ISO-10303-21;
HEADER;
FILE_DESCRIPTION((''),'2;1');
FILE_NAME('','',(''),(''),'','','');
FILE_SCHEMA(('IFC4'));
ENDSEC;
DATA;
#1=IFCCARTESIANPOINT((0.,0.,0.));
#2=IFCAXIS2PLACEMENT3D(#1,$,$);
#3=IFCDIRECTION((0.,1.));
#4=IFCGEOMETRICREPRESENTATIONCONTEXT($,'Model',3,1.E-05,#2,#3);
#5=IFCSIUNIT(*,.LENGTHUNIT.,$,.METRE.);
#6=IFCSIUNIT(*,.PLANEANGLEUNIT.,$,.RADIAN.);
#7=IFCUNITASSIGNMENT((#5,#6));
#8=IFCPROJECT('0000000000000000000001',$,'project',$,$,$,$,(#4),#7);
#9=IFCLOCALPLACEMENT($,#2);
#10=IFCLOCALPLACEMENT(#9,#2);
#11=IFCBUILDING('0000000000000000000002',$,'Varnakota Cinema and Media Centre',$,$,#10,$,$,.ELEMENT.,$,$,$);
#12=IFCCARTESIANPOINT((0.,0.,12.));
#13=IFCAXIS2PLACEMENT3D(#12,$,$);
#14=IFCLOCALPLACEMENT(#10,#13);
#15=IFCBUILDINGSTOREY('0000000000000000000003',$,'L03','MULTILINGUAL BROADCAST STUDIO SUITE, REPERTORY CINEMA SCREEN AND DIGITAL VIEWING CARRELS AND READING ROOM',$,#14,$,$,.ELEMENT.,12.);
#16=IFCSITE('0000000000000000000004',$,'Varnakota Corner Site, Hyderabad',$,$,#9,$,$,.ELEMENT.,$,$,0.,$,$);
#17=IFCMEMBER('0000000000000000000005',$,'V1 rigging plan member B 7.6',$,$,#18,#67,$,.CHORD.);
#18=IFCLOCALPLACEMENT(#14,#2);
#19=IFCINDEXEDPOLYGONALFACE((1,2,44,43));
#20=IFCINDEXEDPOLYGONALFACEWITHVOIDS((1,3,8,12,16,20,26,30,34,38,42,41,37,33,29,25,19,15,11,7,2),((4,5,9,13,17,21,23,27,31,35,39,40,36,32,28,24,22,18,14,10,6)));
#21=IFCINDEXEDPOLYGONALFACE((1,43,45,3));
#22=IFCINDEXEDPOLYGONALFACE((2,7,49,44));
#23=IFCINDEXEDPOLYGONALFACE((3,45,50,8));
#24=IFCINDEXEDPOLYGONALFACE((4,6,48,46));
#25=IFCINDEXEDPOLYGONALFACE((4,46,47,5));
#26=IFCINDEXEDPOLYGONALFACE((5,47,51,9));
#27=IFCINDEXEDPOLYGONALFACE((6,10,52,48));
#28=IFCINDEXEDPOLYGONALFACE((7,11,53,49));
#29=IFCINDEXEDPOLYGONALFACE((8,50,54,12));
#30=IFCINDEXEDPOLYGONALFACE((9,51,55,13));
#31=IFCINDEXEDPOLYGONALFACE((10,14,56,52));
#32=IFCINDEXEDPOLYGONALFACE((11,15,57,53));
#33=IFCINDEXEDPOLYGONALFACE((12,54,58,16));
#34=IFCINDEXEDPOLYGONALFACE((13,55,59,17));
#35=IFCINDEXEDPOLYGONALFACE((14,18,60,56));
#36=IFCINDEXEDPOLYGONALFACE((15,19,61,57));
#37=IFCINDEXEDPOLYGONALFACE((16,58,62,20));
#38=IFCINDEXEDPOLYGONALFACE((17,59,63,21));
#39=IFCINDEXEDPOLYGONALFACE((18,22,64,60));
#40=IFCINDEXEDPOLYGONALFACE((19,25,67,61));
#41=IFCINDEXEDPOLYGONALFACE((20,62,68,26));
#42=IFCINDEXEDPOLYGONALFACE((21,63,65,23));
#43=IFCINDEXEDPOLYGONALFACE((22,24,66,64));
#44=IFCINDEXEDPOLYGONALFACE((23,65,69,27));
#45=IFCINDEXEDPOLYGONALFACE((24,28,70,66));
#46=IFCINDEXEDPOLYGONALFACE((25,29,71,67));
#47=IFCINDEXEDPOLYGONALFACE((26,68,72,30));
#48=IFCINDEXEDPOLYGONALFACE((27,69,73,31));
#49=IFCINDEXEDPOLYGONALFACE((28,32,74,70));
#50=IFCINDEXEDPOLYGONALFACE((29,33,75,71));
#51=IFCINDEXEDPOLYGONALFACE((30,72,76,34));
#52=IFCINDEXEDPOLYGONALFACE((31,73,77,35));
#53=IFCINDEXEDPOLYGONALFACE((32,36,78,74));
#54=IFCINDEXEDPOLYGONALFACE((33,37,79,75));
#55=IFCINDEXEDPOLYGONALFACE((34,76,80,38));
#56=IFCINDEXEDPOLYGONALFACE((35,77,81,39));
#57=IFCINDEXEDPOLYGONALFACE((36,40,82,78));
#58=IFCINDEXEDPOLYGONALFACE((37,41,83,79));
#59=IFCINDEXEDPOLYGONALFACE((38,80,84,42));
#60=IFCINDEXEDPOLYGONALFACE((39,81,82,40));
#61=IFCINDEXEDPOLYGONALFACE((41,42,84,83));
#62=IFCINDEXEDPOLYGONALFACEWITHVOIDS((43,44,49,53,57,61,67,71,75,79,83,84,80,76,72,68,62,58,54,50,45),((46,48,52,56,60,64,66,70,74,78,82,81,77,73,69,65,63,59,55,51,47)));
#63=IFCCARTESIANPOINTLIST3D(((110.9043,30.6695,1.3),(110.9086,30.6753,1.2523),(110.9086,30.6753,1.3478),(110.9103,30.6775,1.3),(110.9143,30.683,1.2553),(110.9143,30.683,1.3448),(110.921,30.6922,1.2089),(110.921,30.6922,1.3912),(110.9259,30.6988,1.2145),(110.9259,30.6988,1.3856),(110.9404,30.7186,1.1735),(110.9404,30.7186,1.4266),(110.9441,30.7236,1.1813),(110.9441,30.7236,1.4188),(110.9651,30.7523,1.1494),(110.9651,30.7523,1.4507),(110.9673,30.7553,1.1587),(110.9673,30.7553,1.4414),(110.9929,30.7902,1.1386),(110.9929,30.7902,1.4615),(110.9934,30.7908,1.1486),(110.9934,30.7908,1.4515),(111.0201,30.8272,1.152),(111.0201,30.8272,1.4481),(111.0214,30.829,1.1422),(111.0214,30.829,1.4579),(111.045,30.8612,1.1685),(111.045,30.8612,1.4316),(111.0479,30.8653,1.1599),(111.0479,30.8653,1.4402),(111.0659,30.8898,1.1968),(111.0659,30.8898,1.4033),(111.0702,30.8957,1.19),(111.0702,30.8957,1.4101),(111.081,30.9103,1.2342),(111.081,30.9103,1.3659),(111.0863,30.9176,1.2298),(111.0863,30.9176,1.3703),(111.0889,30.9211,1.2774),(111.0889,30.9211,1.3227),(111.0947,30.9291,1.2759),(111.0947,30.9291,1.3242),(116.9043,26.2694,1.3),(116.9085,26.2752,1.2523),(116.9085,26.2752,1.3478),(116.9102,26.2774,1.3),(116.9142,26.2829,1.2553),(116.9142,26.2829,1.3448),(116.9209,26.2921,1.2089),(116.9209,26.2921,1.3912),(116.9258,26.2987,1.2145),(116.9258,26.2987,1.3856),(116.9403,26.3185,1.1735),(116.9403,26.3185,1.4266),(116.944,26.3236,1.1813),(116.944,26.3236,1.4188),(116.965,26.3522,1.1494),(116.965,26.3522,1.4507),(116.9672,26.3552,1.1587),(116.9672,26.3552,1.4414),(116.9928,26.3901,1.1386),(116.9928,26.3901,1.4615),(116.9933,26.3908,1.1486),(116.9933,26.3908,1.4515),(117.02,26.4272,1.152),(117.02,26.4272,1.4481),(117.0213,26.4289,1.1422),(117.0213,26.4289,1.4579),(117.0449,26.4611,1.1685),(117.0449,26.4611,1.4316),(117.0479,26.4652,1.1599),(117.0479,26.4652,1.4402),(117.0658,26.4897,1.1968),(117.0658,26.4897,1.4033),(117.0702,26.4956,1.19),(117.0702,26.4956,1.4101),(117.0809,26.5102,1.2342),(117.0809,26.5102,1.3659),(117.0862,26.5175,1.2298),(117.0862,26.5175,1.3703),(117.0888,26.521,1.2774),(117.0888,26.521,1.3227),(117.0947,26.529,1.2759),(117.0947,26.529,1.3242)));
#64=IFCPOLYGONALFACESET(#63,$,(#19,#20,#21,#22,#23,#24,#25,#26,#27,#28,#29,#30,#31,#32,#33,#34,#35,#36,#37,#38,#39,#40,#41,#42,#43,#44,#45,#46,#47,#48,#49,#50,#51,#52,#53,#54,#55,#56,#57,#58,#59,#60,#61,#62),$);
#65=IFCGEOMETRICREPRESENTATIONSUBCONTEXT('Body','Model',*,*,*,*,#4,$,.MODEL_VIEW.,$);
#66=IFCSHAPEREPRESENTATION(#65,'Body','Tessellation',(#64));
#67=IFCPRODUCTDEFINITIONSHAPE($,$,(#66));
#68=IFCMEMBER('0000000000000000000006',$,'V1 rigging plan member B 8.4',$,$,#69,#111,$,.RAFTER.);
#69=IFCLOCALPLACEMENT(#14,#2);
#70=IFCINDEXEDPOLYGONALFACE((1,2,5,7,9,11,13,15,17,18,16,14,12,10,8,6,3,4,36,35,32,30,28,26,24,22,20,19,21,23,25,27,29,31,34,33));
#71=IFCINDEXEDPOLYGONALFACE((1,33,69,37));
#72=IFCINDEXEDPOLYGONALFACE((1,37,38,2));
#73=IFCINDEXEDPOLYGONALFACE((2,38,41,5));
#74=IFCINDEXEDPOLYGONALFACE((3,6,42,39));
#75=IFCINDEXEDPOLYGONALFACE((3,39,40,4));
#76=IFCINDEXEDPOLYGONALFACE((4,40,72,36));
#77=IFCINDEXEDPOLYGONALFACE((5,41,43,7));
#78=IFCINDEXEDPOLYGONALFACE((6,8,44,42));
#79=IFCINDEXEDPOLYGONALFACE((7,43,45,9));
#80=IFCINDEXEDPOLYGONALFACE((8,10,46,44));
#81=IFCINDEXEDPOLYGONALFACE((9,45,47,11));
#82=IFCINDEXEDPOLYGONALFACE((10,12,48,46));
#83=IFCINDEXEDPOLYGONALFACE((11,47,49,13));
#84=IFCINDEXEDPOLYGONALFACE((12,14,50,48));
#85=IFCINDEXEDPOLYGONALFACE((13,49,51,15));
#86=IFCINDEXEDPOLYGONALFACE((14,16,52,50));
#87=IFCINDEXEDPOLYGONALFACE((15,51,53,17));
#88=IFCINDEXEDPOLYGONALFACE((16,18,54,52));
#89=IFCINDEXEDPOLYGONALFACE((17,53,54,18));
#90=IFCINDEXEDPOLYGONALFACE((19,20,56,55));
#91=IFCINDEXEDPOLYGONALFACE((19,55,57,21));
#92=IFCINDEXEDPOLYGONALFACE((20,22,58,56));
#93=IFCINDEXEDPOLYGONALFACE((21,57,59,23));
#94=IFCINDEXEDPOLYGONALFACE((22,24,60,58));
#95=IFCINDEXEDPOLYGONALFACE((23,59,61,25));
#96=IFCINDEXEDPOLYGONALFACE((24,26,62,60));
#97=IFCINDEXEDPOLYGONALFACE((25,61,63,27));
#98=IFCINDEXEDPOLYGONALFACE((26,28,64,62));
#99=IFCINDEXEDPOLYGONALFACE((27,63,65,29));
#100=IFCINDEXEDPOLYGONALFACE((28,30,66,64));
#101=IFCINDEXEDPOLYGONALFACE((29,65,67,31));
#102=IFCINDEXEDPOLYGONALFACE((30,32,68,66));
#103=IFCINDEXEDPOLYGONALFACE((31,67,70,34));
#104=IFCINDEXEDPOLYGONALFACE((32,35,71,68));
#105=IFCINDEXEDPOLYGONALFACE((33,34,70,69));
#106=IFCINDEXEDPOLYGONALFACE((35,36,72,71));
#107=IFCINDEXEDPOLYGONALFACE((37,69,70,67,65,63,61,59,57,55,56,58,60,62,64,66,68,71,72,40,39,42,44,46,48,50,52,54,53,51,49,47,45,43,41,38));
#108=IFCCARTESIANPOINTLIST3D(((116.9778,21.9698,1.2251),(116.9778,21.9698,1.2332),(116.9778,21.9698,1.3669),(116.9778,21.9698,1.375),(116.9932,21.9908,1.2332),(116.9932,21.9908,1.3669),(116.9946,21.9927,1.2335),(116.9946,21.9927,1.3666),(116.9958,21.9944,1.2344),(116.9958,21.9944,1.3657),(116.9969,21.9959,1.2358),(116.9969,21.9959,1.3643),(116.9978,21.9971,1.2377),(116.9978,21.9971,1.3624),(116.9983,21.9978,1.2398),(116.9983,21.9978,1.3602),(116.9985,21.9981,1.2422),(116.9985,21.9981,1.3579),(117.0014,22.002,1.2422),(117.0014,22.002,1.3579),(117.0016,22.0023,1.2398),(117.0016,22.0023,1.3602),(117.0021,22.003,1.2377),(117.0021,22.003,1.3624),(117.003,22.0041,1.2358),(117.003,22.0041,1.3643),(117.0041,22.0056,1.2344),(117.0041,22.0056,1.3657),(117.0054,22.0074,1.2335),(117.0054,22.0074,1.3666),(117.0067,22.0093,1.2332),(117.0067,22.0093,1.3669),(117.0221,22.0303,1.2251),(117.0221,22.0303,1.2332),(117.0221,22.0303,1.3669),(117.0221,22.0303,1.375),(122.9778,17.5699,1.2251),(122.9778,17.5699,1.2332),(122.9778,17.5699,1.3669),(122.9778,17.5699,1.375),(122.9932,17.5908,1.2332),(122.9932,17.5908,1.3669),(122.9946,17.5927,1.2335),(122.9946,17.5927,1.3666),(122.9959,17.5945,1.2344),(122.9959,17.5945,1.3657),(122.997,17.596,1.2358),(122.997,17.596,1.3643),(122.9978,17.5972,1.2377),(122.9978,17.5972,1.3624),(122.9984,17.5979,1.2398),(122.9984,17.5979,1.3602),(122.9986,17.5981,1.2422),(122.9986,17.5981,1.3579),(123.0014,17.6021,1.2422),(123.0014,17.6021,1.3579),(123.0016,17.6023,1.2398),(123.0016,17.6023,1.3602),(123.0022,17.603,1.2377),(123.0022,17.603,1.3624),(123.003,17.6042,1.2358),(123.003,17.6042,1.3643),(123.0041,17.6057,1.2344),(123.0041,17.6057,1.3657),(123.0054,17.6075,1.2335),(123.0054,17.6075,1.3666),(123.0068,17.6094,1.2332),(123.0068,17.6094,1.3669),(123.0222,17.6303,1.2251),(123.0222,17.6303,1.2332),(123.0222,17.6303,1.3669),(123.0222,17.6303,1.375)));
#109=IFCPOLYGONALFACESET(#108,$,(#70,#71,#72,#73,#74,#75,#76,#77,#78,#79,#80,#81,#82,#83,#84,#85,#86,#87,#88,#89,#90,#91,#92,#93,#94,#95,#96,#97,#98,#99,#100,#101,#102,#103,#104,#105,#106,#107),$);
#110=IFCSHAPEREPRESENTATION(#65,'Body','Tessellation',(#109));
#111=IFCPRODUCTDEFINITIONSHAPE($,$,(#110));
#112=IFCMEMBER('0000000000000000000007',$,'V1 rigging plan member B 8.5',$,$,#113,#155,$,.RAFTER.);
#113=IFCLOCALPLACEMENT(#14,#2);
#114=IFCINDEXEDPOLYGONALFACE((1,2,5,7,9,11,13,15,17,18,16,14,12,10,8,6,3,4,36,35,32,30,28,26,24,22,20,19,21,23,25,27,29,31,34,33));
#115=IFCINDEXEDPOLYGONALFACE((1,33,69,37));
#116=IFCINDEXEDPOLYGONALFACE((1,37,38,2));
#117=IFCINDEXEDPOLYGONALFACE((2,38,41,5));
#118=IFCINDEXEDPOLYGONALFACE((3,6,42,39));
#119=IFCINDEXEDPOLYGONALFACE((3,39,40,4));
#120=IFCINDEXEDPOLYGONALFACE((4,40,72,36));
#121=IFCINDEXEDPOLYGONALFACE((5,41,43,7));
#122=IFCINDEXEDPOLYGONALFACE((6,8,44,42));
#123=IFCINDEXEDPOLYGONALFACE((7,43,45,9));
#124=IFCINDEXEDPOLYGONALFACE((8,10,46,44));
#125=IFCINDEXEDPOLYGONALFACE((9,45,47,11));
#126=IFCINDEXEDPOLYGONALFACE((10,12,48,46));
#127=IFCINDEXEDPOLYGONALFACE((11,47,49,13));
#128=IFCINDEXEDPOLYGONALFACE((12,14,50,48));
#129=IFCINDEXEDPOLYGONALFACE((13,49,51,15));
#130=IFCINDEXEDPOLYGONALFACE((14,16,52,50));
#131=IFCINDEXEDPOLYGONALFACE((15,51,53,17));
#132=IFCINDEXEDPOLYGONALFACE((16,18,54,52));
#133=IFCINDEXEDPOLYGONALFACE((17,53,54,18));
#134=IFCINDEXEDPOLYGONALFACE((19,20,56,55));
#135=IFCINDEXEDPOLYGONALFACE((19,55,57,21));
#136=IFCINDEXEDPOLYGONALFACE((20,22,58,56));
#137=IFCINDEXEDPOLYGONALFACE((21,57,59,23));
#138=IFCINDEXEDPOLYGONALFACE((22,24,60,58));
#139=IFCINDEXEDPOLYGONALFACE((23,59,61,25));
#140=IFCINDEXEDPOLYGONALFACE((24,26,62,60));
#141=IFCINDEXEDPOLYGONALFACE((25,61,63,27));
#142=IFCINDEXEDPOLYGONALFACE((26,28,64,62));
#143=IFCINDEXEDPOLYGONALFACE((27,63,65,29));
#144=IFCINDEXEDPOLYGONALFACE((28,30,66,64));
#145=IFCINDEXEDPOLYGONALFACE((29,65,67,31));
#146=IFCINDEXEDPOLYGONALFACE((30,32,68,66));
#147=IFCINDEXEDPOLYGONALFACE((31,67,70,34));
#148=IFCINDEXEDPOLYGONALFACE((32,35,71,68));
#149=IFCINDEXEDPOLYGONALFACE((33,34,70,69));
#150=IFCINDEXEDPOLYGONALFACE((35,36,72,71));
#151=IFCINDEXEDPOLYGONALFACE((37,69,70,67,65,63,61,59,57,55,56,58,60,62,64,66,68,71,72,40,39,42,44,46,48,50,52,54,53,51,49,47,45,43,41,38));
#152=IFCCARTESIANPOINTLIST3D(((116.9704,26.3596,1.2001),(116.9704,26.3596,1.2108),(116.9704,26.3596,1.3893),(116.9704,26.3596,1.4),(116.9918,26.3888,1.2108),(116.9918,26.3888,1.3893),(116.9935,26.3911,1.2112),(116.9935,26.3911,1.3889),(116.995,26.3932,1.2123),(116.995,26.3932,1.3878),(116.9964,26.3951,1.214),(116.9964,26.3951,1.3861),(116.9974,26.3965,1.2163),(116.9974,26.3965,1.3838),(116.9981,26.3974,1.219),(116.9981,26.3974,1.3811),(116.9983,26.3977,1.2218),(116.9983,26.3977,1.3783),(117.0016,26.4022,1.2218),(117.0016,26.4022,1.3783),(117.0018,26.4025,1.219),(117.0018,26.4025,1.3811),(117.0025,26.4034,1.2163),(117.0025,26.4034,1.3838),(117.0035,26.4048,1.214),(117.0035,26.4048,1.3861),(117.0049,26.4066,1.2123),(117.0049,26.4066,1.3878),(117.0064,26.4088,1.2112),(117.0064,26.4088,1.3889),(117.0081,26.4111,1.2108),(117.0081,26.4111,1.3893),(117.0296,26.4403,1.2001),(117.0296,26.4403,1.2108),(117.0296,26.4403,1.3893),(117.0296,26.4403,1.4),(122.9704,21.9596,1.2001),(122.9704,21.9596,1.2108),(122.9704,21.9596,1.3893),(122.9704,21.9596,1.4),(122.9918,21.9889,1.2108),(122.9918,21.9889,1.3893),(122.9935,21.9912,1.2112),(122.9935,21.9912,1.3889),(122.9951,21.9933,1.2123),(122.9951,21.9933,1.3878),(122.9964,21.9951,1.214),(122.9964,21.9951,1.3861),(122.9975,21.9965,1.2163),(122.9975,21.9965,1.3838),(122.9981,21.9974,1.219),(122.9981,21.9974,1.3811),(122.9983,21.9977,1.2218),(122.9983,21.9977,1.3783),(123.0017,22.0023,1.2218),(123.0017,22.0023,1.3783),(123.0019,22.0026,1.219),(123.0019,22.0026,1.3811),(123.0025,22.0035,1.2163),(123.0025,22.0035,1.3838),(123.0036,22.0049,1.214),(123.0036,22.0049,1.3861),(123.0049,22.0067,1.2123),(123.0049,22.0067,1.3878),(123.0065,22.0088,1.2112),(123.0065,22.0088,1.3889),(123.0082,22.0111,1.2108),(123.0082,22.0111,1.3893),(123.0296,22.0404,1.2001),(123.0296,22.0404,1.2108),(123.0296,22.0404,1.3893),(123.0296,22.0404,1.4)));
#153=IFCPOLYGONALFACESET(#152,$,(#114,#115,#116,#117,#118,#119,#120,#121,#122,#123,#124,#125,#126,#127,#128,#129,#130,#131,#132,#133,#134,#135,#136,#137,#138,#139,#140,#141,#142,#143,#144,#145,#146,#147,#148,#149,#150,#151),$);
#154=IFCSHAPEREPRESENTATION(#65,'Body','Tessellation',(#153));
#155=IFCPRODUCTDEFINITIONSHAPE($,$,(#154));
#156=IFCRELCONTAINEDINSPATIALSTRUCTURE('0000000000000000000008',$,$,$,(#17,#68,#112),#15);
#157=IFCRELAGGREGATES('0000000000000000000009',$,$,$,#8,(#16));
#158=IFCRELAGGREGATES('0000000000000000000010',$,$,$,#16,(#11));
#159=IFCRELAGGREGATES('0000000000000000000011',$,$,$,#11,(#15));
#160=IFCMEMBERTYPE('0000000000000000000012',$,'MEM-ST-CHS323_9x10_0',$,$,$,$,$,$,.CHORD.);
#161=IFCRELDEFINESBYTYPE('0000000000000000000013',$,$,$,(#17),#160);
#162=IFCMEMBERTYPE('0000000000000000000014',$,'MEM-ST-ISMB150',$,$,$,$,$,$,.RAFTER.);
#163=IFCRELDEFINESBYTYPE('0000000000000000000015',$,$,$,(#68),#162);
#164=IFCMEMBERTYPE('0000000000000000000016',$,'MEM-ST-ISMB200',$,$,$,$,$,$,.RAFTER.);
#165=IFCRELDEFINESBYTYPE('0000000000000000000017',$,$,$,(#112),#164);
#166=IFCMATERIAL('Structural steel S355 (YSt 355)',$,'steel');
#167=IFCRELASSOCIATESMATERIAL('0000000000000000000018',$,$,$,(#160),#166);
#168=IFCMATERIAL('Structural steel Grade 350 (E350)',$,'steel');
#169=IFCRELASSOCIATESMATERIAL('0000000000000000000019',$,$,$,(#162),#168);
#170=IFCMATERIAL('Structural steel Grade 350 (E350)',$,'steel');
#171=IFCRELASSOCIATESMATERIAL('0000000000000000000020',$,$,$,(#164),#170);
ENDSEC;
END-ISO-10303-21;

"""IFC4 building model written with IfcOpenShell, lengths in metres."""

from ifc_helpers import new_model, si_unit, direction, frame, origin, origin_2d, place, context, subcontext, project, spatial, hollow_circle, i_section, extrude, material, material_profile, profile_set, type_object, element, save


model = new_model("IFC4")

# Units and contexts
model_context = context("Model", 3, precision=1e-05, world=origin(), true_north=direction((0.0, 1.0)))
body_context = subcontext(model_context, "Body", "Model", "MODEL_VIEW")
ifc_project = project(units=[si_unit("LENGTHUNIT", "METRE"), si_unit("PLANEANGLEUNIT", "RADIAN")], contexts=[model_context])

# Site, building, storey
site_placement = place(None, origin())
site = spatial("IfcSite", under=ifc_project, at=site_placement, Name="Varnakota Corner Site, Hyderabad", CompositionType="ELEMENT", RefElevation=0.0)
building_placement = place(site_placement, origin())
building = spatial("IfcBuilding", under=site, at=building_placement, Name="Varnakota Cinema and Media Centre", CompositionType="ELEMENT")
storey_placement = place(building_placement, frame((0.0, 0.0, 12.0)))
storey = spatial("IfcBuildingStorey", under=building, at=storey_placement, Name="L03", Description="MULTILINGUAL BROADCAST STUDIO SUITE, REPERTORY CINEMA SCREEN AND DIGITAL VIEWING CARRELS AND READING ROOM", CompositionType="ELEMENT", Elevation=12.0)

# Members
ifc_material_1 = material(Name="Structural steel S355 (YSt 355)", Category="steel")
ifc_material_profile_1 = material_profile(ifc_material_1, hollow_circle(Radius=0.1619, WallThickness=0.01, at=origin_2d()), Name="CHS 323.9x10.0")
ifc_profile_set_1 = profile_set([ifc_material_profile_1], Name="Structural steel S355 (YSt 355)")
member_type_1 = type_object("IfcMemberType", Name="MEM-ST-CHS323_9x10_0", PredefinedType="CHORD", material=ifc_profile_set_1)
member_1_placement = place(storey_placement, frame((117.0, 26.3999, 1.3), z_axis=(-0.806396, 0.591376, 0.0), x_axis=(-0.591376, -0.806396, 0.0)))
element("IfcMember", 1, at=member_1_placement, inside=storey, type_object=member_type_1, Name="V1 rigging plan member B 7.6", PredefinedType="CHORD", context=body_context, shape_type="SweptSolid", body=[
    extrude(hollow_circle(Radius=0.1619, WallThickness=0.01, at=origin_2d()), origin(), (0.0, 0.0, 1.0), 7.4404),
])
ifc_material_2 = material(Name="Structural steel Grade 350 (E350)", Category="steel")
ifc_material_profile_2 = material_profile(ifc_material_2, i_section(OverallWidth=0.075, OverallDepth=0.1499, WebThickness=0.0049, FlangeThickness=0.0081, FilletRadius=0.009, at=origin_2d()), Name="ISMB 150")
ifc_profile_set_2 = profile_set([ifc_material_profile_2], Name="Structural steel Grade 350 (E350)")
member_type_2 = type_object("IfcMemberType", Name="MEM-ST-ISMB150", PredefinedType="RAFTER", material=ifc_profile_set_2)
member_2_placement = place(storey_placement, frame((123.0, 17.6001, 1.3), z_axis=(-0.806411, 0.591355, 0.0), x_axis=(-0.591355, -0.806411, 0.0)))
element("IfcMember", 2, at=member_2_placement, inside=storey, type_object=member_type_2, Name="V1 rigging plan member B 8.4", PredefinedType="RAFTER", context=body_context, shape_type="SweptSolid", body=[
    extrude(i_section(OverallWidth=0.075, OverallDepth=0.1499, WebThickness=0.0049, FlangeThickness=0.0081, FilletRadius=0.009, at=origin_2d()), origin(), (0.0, 0.0, 1.0), 7.4404),
])
ifc_material_3 = material(Name="Structural steel Grade 350 (E350)", Category="steel")
ifc_material_profile_3 = material_profile(ifc_material_3, i_section(OverallWidth=0.1001, OverallDepth=0.2, WebThickness=0.0056, FlangeThickness=0.0107, FilletRadius=0.011, at=origin_2d()), Name="ISMB 200")
ifc_profile_set_3 = profile_set([ifc_material_profile_3], Name="Structural steel Grade 350 (E350)")
member_type_3 = type_object("IfcMemberType", Name="MEM-ST-ISMB200", PredefinedType="RAFTER", material=ifc_profile_set_3)
member_3_placement = place(storey_placement, frame((123.0, 22.0, 1.3), z_axis=(-0.806411, 0.591355, 0.0), x_axis=(-0.591355, -0.806411, 0.0)))
element("IfcMember", 3, at=member_3_placement, inside=storey, type_object=member_type_3, Name="V1 rigging plan member B 8.5", PredefinedType="RAFTER", context=body_context, shape_type="SweptSolid", body=[
    extrude(i_section(OverallWidth=0.1001, OverallDepth=0.2, WebThickness=0.0056, FlangeThickness=0.0107, FilletRadius=0.011, at=origin_2d()), origin(), (0.0, 0.0, 1.0), 7.4404),
])

save(model, "model.ifc")
